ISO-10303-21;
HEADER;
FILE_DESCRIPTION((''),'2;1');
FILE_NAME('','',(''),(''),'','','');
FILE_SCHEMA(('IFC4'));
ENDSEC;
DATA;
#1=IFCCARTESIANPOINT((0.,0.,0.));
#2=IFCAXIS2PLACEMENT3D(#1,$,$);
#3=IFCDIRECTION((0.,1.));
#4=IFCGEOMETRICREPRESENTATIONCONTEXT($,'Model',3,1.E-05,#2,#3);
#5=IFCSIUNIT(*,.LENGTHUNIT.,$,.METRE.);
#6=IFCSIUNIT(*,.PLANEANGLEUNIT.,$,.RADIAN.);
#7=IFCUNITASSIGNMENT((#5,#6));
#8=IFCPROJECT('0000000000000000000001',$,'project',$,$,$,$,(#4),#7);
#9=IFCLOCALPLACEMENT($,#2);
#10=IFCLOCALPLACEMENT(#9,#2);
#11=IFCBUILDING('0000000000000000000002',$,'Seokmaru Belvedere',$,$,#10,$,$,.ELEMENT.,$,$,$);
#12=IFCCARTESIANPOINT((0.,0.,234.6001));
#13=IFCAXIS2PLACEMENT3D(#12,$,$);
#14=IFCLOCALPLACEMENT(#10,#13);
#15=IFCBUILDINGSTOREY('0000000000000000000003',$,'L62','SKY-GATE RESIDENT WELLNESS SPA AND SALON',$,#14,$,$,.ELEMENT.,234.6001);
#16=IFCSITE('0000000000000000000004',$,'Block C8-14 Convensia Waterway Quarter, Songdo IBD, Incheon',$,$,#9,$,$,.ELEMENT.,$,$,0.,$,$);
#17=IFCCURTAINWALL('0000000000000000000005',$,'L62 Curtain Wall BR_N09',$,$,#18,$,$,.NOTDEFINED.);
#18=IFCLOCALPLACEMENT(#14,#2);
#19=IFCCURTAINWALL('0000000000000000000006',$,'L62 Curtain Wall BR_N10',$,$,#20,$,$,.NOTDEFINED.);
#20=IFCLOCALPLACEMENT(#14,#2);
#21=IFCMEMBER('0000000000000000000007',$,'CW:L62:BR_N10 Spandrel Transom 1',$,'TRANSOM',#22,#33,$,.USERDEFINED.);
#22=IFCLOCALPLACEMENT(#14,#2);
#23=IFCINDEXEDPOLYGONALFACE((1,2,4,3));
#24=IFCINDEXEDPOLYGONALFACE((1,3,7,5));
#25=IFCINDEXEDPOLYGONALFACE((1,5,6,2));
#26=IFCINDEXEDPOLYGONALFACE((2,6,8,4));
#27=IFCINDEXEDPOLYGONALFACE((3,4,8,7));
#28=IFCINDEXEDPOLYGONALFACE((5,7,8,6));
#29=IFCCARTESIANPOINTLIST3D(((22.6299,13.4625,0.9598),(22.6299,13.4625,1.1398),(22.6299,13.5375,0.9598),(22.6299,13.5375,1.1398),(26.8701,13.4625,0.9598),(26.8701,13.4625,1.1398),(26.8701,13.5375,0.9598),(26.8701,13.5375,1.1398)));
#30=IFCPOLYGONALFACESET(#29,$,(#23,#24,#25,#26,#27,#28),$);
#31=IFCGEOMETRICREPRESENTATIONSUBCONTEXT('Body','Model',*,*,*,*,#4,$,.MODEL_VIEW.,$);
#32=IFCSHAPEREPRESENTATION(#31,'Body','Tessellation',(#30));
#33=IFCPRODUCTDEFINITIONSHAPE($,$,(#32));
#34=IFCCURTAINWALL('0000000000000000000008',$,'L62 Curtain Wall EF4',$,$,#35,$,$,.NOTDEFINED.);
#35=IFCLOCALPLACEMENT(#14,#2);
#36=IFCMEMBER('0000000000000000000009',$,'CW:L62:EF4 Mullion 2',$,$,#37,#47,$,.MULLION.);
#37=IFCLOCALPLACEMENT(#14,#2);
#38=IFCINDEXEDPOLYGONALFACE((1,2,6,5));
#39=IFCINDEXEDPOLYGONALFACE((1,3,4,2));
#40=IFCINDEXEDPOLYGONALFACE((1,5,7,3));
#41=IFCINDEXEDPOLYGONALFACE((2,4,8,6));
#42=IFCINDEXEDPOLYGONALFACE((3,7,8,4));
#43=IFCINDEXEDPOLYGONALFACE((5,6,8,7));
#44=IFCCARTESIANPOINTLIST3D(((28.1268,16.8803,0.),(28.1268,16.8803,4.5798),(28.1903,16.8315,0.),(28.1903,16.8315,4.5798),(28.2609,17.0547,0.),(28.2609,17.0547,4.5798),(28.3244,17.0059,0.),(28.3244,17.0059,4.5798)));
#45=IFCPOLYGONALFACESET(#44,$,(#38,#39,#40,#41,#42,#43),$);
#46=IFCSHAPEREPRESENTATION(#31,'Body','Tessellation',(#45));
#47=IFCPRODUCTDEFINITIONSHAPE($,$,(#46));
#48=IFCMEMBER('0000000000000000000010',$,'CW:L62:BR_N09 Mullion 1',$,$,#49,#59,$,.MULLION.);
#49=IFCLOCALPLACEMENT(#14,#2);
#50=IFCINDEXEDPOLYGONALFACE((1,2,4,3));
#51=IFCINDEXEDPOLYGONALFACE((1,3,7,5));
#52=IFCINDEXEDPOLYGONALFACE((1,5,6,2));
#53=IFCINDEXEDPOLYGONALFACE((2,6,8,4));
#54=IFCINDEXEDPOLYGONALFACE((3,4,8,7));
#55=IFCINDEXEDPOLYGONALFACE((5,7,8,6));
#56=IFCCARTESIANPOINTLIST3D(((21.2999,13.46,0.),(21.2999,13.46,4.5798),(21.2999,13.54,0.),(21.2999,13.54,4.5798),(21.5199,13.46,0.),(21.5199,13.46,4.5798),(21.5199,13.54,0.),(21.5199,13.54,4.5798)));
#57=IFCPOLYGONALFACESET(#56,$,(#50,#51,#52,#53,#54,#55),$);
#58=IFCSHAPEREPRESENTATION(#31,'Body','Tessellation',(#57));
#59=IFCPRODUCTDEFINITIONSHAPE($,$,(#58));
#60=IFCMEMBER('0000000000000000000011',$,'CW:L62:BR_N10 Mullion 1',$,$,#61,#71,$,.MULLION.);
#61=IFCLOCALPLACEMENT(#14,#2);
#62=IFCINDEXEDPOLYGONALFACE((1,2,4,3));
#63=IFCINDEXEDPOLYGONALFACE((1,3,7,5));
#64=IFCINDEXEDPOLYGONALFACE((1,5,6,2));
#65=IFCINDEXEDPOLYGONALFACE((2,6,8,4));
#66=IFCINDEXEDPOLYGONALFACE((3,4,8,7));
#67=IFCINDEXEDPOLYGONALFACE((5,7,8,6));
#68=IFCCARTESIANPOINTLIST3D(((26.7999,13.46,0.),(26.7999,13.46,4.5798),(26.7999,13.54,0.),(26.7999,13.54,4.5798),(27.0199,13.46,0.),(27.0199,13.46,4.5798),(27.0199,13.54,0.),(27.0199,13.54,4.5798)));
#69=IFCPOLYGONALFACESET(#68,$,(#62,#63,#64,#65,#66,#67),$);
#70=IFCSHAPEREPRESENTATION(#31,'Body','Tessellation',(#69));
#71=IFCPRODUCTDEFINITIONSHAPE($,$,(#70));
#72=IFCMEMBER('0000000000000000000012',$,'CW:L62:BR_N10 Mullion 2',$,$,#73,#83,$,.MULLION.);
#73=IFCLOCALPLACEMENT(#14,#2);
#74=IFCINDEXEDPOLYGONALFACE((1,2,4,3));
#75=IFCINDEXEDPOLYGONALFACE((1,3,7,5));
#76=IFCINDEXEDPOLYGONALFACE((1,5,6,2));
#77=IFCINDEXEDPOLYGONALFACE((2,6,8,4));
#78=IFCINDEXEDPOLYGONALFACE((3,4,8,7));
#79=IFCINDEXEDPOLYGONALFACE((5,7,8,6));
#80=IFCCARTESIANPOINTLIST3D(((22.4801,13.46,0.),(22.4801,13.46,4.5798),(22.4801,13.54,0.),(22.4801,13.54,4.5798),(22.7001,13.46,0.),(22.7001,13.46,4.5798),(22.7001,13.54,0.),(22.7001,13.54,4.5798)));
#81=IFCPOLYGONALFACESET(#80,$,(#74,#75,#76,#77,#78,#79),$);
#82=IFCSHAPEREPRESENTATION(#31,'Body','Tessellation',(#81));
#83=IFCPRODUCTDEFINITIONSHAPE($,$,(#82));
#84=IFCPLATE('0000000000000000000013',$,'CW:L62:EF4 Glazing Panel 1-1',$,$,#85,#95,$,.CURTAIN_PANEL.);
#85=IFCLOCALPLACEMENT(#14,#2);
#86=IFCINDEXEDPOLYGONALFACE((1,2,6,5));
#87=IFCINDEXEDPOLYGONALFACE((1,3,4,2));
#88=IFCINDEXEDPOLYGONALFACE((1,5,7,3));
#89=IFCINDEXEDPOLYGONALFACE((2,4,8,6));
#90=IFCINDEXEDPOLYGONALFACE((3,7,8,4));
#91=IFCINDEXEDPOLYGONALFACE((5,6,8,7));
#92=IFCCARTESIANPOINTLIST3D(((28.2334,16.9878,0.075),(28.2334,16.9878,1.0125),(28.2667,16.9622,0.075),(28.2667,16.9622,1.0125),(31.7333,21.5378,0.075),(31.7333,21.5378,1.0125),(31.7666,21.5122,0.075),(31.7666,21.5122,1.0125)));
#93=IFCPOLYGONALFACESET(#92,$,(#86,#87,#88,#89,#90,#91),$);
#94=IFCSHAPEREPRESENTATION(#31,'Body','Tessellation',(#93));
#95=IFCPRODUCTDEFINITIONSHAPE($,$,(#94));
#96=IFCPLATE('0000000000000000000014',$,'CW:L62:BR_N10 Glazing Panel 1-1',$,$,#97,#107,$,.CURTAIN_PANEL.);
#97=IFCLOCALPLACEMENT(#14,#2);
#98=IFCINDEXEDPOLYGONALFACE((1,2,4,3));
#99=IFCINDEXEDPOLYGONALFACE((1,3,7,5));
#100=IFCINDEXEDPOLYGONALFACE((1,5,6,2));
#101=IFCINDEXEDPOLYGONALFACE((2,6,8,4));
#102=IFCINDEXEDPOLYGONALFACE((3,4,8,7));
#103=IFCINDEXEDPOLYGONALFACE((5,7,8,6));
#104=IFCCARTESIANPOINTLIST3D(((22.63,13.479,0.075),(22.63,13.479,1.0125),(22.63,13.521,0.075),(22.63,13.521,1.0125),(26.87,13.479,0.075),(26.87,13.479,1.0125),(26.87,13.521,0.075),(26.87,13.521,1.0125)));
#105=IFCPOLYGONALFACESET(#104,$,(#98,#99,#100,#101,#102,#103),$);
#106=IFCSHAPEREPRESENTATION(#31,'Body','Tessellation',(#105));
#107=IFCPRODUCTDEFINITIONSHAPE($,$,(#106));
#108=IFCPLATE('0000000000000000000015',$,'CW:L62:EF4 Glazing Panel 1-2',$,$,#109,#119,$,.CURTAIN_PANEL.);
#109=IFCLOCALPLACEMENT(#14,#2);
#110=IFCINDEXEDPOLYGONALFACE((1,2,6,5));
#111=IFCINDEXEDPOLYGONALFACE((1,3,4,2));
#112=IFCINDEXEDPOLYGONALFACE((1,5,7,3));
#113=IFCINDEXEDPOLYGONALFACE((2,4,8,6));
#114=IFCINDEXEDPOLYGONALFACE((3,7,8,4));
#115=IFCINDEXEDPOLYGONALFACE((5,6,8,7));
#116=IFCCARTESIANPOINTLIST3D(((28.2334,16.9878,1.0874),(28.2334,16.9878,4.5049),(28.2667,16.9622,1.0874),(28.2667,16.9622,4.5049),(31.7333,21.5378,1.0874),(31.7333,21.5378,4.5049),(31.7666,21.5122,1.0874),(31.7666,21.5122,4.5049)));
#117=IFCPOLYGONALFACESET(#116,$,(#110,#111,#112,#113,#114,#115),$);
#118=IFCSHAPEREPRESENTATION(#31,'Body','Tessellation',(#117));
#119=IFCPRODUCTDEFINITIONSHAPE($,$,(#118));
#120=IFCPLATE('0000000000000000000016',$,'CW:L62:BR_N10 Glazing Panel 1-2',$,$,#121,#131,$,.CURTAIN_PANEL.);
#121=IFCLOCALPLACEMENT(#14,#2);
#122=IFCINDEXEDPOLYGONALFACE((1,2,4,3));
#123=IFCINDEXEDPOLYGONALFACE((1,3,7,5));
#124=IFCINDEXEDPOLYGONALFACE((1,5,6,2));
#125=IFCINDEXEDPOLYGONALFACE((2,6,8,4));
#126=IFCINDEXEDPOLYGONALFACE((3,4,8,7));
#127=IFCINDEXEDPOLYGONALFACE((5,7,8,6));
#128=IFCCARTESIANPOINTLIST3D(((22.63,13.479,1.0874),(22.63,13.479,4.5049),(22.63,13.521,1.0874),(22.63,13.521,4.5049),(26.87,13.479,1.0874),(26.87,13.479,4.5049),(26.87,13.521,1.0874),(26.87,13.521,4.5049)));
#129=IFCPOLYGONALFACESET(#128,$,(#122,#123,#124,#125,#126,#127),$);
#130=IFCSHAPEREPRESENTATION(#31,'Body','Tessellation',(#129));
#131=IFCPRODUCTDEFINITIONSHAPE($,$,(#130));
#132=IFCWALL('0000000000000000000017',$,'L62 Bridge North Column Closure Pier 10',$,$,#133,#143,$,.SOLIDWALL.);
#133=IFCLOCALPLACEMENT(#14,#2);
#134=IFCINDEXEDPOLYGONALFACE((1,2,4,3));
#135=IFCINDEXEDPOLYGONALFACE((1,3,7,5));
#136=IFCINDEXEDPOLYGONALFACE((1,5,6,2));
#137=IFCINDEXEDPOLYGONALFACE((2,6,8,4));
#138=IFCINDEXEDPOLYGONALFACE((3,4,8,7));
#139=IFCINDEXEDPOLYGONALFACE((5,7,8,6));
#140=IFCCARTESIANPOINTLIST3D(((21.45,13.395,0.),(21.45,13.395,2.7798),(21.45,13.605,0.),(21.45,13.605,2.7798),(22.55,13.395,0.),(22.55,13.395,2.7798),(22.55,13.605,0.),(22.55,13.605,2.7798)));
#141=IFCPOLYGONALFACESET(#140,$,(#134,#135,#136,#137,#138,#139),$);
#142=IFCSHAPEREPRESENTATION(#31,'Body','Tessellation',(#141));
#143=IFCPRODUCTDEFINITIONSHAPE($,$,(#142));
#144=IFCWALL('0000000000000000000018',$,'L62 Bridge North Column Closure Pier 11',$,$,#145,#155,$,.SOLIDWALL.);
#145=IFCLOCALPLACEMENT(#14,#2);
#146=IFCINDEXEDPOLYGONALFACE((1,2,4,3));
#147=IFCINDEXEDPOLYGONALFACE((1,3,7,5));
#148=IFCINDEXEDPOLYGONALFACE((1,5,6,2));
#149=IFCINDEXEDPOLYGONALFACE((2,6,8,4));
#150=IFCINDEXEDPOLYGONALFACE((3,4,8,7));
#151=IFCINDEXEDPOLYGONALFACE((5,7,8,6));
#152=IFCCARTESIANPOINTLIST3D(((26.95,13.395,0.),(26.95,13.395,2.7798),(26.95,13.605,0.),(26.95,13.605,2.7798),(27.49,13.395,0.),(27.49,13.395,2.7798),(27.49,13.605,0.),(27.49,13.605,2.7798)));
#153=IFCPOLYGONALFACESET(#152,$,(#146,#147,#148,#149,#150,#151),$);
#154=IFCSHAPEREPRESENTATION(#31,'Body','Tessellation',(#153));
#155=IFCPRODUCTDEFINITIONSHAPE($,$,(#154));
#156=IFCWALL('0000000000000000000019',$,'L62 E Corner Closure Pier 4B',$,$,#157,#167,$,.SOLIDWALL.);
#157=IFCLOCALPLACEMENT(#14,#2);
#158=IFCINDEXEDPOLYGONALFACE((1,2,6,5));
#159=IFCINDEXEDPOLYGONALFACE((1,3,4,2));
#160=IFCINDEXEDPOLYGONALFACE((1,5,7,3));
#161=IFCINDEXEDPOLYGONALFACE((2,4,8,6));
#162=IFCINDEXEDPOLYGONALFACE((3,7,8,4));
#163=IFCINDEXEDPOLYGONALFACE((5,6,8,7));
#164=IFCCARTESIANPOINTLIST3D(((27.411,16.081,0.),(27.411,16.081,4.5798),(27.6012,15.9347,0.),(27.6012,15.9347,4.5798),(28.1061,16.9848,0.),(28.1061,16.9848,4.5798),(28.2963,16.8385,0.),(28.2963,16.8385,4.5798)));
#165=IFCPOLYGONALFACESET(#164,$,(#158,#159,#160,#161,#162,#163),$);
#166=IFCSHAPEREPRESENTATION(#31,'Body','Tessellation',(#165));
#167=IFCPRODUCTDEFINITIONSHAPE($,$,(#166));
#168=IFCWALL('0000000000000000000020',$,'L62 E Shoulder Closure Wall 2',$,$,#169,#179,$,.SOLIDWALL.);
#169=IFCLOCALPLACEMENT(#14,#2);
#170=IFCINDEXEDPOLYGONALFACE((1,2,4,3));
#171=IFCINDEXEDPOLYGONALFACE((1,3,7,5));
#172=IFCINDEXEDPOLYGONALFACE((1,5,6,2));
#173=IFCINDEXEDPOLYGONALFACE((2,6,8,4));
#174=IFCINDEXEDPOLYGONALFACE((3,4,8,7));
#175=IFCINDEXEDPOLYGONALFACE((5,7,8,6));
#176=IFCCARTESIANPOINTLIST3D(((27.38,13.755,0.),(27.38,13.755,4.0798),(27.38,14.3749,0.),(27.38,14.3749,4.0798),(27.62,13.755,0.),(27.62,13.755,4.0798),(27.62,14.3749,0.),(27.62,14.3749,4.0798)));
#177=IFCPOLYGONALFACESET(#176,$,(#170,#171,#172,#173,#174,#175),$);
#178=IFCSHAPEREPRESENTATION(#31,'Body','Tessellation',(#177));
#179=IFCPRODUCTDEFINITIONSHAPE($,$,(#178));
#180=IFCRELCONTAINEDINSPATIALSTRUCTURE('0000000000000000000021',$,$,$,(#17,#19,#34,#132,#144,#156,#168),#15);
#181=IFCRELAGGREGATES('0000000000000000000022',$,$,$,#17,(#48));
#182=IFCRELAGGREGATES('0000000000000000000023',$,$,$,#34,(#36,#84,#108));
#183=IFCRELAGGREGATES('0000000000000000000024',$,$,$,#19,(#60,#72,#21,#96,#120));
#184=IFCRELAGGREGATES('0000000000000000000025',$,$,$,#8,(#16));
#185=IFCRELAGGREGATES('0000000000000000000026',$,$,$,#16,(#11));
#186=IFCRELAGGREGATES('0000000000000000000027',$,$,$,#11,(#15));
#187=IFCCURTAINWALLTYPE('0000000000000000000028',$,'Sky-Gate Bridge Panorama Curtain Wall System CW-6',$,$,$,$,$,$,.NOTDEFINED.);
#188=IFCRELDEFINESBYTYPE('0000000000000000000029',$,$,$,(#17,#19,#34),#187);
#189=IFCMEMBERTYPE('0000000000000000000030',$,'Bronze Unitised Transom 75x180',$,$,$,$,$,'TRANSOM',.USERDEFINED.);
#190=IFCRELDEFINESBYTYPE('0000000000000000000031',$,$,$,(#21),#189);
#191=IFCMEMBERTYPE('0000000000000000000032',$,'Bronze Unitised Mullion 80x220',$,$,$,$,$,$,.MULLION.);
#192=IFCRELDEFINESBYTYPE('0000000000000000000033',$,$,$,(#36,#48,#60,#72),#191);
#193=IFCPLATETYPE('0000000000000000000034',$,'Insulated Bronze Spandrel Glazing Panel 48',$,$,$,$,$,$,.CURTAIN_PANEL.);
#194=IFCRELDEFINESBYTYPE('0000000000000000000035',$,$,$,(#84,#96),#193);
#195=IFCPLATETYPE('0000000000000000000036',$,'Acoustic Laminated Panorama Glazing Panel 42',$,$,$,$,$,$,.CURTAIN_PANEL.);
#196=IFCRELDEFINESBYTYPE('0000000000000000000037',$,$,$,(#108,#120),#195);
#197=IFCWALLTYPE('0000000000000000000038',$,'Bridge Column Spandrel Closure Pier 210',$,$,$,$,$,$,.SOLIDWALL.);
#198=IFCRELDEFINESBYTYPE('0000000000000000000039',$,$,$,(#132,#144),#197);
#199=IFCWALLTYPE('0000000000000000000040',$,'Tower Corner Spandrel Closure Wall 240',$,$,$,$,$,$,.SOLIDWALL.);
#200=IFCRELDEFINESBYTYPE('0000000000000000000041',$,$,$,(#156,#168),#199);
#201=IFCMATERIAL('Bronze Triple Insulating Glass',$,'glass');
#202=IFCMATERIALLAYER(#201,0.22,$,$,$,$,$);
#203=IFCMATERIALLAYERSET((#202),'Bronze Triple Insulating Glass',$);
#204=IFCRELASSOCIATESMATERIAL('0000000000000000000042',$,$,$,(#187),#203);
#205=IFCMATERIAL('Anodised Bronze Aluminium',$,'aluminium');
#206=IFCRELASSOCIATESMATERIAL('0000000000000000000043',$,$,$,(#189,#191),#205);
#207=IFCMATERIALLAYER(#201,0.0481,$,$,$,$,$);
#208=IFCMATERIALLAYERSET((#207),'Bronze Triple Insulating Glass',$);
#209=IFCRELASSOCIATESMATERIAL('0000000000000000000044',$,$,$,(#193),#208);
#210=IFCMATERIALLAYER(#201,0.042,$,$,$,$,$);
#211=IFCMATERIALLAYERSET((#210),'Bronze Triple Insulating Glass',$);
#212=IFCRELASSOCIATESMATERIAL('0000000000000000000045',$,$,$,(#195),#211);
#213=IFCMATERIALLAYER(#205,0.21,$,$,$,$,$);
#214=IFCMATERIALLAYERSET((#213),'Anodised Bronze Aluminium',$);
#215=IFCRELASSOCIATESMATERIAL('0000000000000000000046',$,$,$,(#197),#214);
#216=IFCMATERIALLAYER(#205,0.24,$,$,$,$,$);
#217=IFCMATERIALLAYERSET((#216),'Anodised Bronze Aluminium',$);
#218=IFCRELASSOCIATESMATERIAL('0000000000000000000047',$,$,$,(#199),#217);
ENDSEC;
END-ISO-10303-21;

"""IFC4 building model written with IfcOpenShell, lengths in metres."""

from ifc_helpers import new_model, si_unit, direction, frame, frame_2d, origin, origin_2d, place, context, subcontext, project, spatial, rectangle, extrude, source, transform, mapped, material, layer, layer_set, material_profile, profile_set, type_object, type_shapes, element, aggregate, save


model = new_model("IFC4")

# Units and contexts
model_context = context("Model", 3, precision=1e-05, world=origin(), true_north=direction((0.0, 1.0)))
body_context = subcontext(model_context, "Body", "Model", "MODEL_VIEW")
ifc_project = project(units=[si_unit("LENGTHUNIT", "METRE"), si_unit("PLANEANGLEUNIT", "RADIAN")], contexts=[model_context])

# Site, building, storey
site_placement = place(None, origin())
site = spatial("IfcSite", under=ifc_project, at=site_placement, Name="Block C8-14 Convensia Waterway Quarter, Songdo IBD, Incheon", CompositionType="ELEMENT", RefElevation=0.0)
building_placement = place(site_placement, origin())
building = spatial("IfcBuilding", under=site, at=building_placement, Name="Seokmaru Belvedere", CompositionType="ELEMENT")
storey_placement = place(building_placement, frame((0.0, 0.0, 234.6001)))
storey = spatial("IfcBuildingStorey", under=building, at=storey_placement, Name="L62", Description="SKY-GATE RESIDENT WELLNESS SPA AND SALON", CompositionType="ELEMENT", Elevation=234.6001)

# Curtain walls, member
ifc_material_1 = material(Name="Bronze Triple Insulating Glass", Category="glass")
ifc_layer_1 = layer(ifc_material_1, 0.22)
ifc_layer_set_1 = layer_set([ifc_layer_1], Name="Bronze Triple Insulating Glass")
curtain_wall_type = type_object("IfcCurtainWallType", Name="Sky-Gate Bridge Panorama Curtain Wall System CW-6", PredefinedType="NOTDEFINED", material=ifc_layer_set_1)
curtain_wall_1_placement = place(storey_placement, origin())
curtain_wall_1 = element("IfcCurtainWall", 1, at=curtain_wall_1_placement, inside=storey, type_object=curtain_wall_type, Name="L62 Curtain Wall BR_N09", PredefinedType="NOTDEFINED")
ifc_material_2 = material(Name="Anodised Bronze Aluminium", Category="aluminium")
ifc_material_profile_1 = material_profile(ifc_material_2, rectangle(XDim=0.075, YDim=0.1799, at=origin_2d()), Name="CW-T-75x180")
ifc_profile_set_1 = profile_set([ifc_material_profile_1], Name="Anodised Bronze Aluminium")
member_type_1 = type_object("IfcMemberType", Name="Bronze Unitised Transom 75x180", ElementType="TRANSOM", PredefinedType="USERDEFINED", material=ifc_profile_set_1)
shared_shape_1 = source(origin(), body_context, "Body", "SweptSolid", [
    extrude(rectangle(XDim=0.075, YDim=0.1799, at=origin_2d()), origin(), (0.0, 0.0, 1.0), 4.2402),
])
type_shapes(member_type_1, [shared_shape_1])
curtain_wall_2_placement = place(storey_placement, origin())
curtain_wall_2 = element("IfcCurtainWall", 2, at=curtain_wall_2_placement, inside=storey, type_object=curtain_wall_type, Name="L62 Curtain Wall BR_N10", PredefinedType="NOTDEFINED")
member_1_placement = place(storey_placement, frame((26.8701, 13.5, 1.0498), z_axis=(-1.0, 0.0, 0.0), x_axis=(0.0, -1.0, 0.0)))
member_1 = element("IfcMember", 3, at=member_1_placement, type_object=member_type_1, Name="CW:L62:BR_N10 Spandrel Transom 1", ObjectType="TRANSOM", PredefinedType="USERDEFINED", context=body_context, shape_type="MappedRepresentation", body=[
    mapped(shared_shape_1, transform((0.0, 0.0, 0.0), scale=1.0)),
])

# Curtain wall, member
curtain_wall_3_placement = place(storey_placement, origin())
curtain_wall_3 = element("IfcCurtainWall", 4, at=curtain_wall_3_placement, inside=storey, type_object=curtain_wall_type, Name="L62 Curtain Wall EF4", PredefinedType="NOTDEFINED")
ifc_material_profile_2 = material_profile(ifc_material_2, rectangle(XDim=0.0801, YDim=0.22, at=origin_2d()), Name="CW-M-80x220")
ifc_profile_set_2 = profile_set([ifc_material_profile_2], Name="Anodised Bronze Aluminium")
member_type_2 = type_object("IfcMemberType", Name="Bronze Unitised Mullion 80x220", PredefinedType="MULLION", material=ifc_profile_set_2)
shared_shape_2 = source(origin(), body_context, "Body", "SweptSolid", [
    extrude(rectangle(XDim=0.0801, YDim=0.22, at=origin_2d()), origin(), (0.0, 0.0, 1.0), 4.5798),
])
type_shapes(member_type_2, [shared_shape_2])
member_2_placement = place(storey_placement, frame((28.2256, 16.9431, 0.0), z_axis=(0.0, 0.0, 1.0), x_axis=(0.792631, -0.609701, 0.0)))
member_2 = element("IfcMember", 5, at=member_2_placement, type_object=member_type_2, Name="CW:L62:EF4 Mullion 2", PredefinedType="MULLION", context=body_context, shape_type="MappedRepresentation", body=[
    mapped(shared_shape_2, transform((0.0, 0.0, 0.0), scale=1.0)),
])

# Members
member_3_placement = place(storey_placement, frame((21.4099, 13.5, 0.0), z_axis=(0.0, 0.0, 1.0), x_axis=(0.0, -1.0, 0.0)))
member_3 = element("IfcMember", 6, at=member_3_placement, type_object=member_type_2, Name="CW:L62:BR_N09 Mullion 1", PredefinedType="MULLION", context=body_context, shape_type="MappedRepresentation", body=[
    mapped(shared_shape_2, transform((0.0, 0.0, 0.0), scale=1.0)),
])
aggregate(curtain_wall_1, [member_3])
member_4_placement = place(storey_placement, frame((26.9099, 13.5, 0.0), z_axis=(0.0, 0.0, 1.0), x_axis=(0.0, -1.0, 0.0)))
member_4 = element("IfcMember", 7, at=member_4_placement, type_object=member_type_2, Name="CW:L62:BR_N10 Mullion 1", PredefinedType="MULLION", context=body_context, shape_type="MappedRepresentation", body=[
    mapped(shared_shape_2, transform((0.0, 0.0, 0.0), scale=1.0)),
])
member_5_placement = place(storey_placement, frame((22.5901, 13.5, 0.0), z_axis=(0.0, 0.0, 1.0), x_axis=(0.0, -1.0, 0.0)))
member_5 = element("IfcMember", 8, at=member_5_placement, type_object=member_type_2, Name="CW:L62:BR_N10 Mullion 2", PredefinedType="MULLION", context=body_context, shape_type="MappedRepresentation", body=[
    mapped(shared_shape_2, transform((0.0, 0.0, 0.0), scale=1.0)),
])

# Plates
ifc_layer_2 = layer(ifc_material_1, 0.0481)
ifc_layer_set_2 = layer_set([ifc_layer_2], Name="Bronze Triple Insulating Glass")
plate_type_1 = type_object("IfcPlateType", Name="Insulated Bronze Spandrel Glazing Panel 48", PredefinedType="CURTAIN_PANEL", material=ifc_layer_set_2)
shared_shape_3 = source(origin(), body_context, "Body", "SweptSolid", [
    extrude(rectangle(XDim=5.7405, YDim=0.042, at=origin_2d()), origin(), (0.0, 0.0, 1.0), 0.9375),
])
plate_1_placement = place(storey_placement, frame((30.0, 19.25, 0.075), z_axis=(0.0, 0.0, 1.0), x_axis=(-0.609701, -0.792631, 0.0)))
plate_1 = element("IfcPlate", 9, at=plate_1_placement, type_object=plate_type_1, Name="CW:L62:EF4 Glazing Panel 1-1", PredefinedType="CURTAIN_PANEL", context=body_context, shape_type="MappedRepresentation", body=[
    mapped(shared_shape_3, transform((0.0, 0.0, 0.0), scale=1.0)),
])
shared_shape_4 = source(origin(), body_context, "Body", "SweptSolid", [
    extrude(rectangle(XDim=4.24, YDim=0.042, at=origin_2d()), origin(), (0.0, 0.0, 1.0), 0.9375),
])
type_shapes(plate_type_1, [shared_shape_3, shared_shape_4])
plate_2_placement = place(storey_placement, frame((24.75, 13.5, 0.075), z_axis=(0.0, 0.0, 1.0), x_axis=(-1.0, 0.0, 0.0)))
plate_2 = element("IfcPlate", 10, at=plate_2_placement, type_object=plate_type_1, Name="CW:L62:BR_N10 Glazing Panel 1-1", PredefinedType="CURTAIN_PANEL", context=body_context, shape_type="MappedRepresentation", body=[
    mapped(shared_shape_4, transform((0.0, 0.0, 0.0), scale=1.0)),
])
ifc_layer_3 = layer(ifc_material_1, 0.042)
ifc_layer_set_3 = layer_set([ifc_layer_3], Name="Bronze Triple Insulating Glass")
plate_type_2 = type_object("IfcPlateType", Name="Acoustic Laminated Panorama Glazing Panel 42", PredefinedType="CURTAIN_PANEL", material=ifc_layer_set_3)
shared_shape_5 = source(origin(), body_context, "Body", "SweptSolid", [
    extrude(rectangle(XDim=5.7405, YDim=0.042, at=origin_2d()), origin(), (0.0, 0.0, 1.0), 3.4175),
])
plate_3_placement = place(storey_placement, frame((30.0, 19.25, 1.0874), z_axis=(0.0, 0.0, 1.0), x_axis=(-0.609701, -0.792631, 0.0)))
plate_3 = element("IfcPlate", 11, at=plate_3_placement, type_object=plate_type_2, Name="CW:L62:EF4 Glazing Panel 1-2", PredefinedType="CURTAIN_PANEL", context=body_context, shape_type="MappedRepresentation", body=[
    mapped(shared_shape_5, transform((0.0, 0.0, 0.0), scale=1.0)),
])
aggregate(curtain_wall_3, [member_2, plate_1, plate_3])
shared_shape_6 = source(origin(), body_context, "Body", "SweptSolid", [
    extrude(rectangle(XDim=4.24, YDim=0.042, at=origin_2d()), origin(), (0.0, 0.0, 1.0), 3.4175),
])
type_shapes(plate_type_2, [shared_shape_5, shared_shape_6])
plate_4_placement = place(storey_placement, frame((24.75, 13.5, 1.0874), z_axis=(0.0, 0.0, 1.0), x_axis=(-1.0, 0.0, 0.0)))
plate_4 = element("IfcPlate", 12, at=plate_4_placement, type_object=plate_type_2, Name="CW:L62:BR_N10 Glazing Panel 1-2", PredefinedType="CURTAIN_PANEL", context=body_context, shape_type="MappedRepresentation", body=[
    mapped(shared_shape_6, transform((0.0, 0.0, 0.0), scale=1.0)),
])
aggregate(curtain_wall_2, [member_4, member_5, member_1, plate_2, plate_4])

# Walls
ifc_layer_4 = layer(ifc_material_2, 0.21)
ifc_layer_set_4 = layer_set([ifc_layer_4], Name="Anodised Bronze Aluminium")
wall_type_1 = type_object("IfcWallType", Name="Bridge Column Spandrel Closure Pier 210", PredefinedType="SOLIDWALL", material=ifc_layer_set_4)
wall_1_placement = place(storey_placement, frame((21.45, 13.5, 0.0), z_axis=(0.0, 0.0, 1.0), x_axis=(1.0, 0.0, 0.0)))
element("IfcWall", 13, at=wall_1_placement, inside=storey, type_object=wall_type_1, Name="L62 Bridge North Column Closure Pier 10", PredefinedType="SOLIDWALL", context=body_context, shape_type="SweptSolid", body=[
    extrude(rectangle(XDim=1.1001, YDim=0.21, at=frame_2d((0.55, 0.0))), origin(), (0.0, 0.0, 1.0), 2.7798),
])
wall_2_placement = place(storey_placement, frame((26.95, 13.5, 0.0), z_axis=(0.0, 0.0, 1.0), x_axis=(1.0, 0.0, 0.0)))
element("IfcWall", 14, at=wall_2_placement, inside=storey, type_object=wall_type_1, Name="L62 Bridge North Column Closure Pier 11", PredefinedType="SOLIDWALL", context=body_context, shape_type="SweptSolid", body=[
    extrude(rectangle(XDim=0.54, YDim=0.21, at=frame_2d((0.27, 0.0))), origin(), (0.0, 0.0, 1.0), 2.7798),
])
ifc_layer_5 = layer(ifc_material_2, 0.24)
ifc_layer_set_5 = layer_set([ifc_layer_5], Name="Anodised Bronze Aluminium")
wall_type_2 = type_object("IfcWallType", Name="Tower Corner Spandrel Closure Wall 240", PredefinedType="SOLIDWALL", material=ifc_layer_set_5)
wall_3_placement = place(storey_placement, frame((28.2012, 16.9116, 0.0), z_axis=(0.0, 0.0, 1.0), x_axis=(-0.609618, -0.792696, 0.0)))
element("IfcWall", 15, at=wall_3_placement, inside=storey, type_object=wall_type_2, Name="L62 E Corner Closure Pier 4B", PredefinedType="SOLIDWALL", context=body_context, shape_type="SweptSolid", body=[
    extrude(rectangle(XDim=1.1401, YDim=0.24, at=frame_2d((0.5701, 0.0))), origin(), (0.0, 0.0, 1.0), 4.5798),
])
wall_4_placement = place(storey_placement, frame((27.5, 13.7549, 0.0), z_axis=(0.0, 0.0, 1.0), x_axis=(0.0, 1.0, 0.0)))
element("IfcWall", 16, at=wall_4_placement, inside=storey, type_object=wall_type_2, Name="L62 E Shoulder Closure Wall 2", PredefinedType="SOLIDWALL", context=body_context, shape_type="SweptSolid", body=[
    extrude(rectangle(XDim=0.6199, YDim=0.24, at=frame_2d((0.3101, 0.0))), origin(), (0.0, 0.0, 1.0), 4.0798),
])

save(model, "model.ifc")
